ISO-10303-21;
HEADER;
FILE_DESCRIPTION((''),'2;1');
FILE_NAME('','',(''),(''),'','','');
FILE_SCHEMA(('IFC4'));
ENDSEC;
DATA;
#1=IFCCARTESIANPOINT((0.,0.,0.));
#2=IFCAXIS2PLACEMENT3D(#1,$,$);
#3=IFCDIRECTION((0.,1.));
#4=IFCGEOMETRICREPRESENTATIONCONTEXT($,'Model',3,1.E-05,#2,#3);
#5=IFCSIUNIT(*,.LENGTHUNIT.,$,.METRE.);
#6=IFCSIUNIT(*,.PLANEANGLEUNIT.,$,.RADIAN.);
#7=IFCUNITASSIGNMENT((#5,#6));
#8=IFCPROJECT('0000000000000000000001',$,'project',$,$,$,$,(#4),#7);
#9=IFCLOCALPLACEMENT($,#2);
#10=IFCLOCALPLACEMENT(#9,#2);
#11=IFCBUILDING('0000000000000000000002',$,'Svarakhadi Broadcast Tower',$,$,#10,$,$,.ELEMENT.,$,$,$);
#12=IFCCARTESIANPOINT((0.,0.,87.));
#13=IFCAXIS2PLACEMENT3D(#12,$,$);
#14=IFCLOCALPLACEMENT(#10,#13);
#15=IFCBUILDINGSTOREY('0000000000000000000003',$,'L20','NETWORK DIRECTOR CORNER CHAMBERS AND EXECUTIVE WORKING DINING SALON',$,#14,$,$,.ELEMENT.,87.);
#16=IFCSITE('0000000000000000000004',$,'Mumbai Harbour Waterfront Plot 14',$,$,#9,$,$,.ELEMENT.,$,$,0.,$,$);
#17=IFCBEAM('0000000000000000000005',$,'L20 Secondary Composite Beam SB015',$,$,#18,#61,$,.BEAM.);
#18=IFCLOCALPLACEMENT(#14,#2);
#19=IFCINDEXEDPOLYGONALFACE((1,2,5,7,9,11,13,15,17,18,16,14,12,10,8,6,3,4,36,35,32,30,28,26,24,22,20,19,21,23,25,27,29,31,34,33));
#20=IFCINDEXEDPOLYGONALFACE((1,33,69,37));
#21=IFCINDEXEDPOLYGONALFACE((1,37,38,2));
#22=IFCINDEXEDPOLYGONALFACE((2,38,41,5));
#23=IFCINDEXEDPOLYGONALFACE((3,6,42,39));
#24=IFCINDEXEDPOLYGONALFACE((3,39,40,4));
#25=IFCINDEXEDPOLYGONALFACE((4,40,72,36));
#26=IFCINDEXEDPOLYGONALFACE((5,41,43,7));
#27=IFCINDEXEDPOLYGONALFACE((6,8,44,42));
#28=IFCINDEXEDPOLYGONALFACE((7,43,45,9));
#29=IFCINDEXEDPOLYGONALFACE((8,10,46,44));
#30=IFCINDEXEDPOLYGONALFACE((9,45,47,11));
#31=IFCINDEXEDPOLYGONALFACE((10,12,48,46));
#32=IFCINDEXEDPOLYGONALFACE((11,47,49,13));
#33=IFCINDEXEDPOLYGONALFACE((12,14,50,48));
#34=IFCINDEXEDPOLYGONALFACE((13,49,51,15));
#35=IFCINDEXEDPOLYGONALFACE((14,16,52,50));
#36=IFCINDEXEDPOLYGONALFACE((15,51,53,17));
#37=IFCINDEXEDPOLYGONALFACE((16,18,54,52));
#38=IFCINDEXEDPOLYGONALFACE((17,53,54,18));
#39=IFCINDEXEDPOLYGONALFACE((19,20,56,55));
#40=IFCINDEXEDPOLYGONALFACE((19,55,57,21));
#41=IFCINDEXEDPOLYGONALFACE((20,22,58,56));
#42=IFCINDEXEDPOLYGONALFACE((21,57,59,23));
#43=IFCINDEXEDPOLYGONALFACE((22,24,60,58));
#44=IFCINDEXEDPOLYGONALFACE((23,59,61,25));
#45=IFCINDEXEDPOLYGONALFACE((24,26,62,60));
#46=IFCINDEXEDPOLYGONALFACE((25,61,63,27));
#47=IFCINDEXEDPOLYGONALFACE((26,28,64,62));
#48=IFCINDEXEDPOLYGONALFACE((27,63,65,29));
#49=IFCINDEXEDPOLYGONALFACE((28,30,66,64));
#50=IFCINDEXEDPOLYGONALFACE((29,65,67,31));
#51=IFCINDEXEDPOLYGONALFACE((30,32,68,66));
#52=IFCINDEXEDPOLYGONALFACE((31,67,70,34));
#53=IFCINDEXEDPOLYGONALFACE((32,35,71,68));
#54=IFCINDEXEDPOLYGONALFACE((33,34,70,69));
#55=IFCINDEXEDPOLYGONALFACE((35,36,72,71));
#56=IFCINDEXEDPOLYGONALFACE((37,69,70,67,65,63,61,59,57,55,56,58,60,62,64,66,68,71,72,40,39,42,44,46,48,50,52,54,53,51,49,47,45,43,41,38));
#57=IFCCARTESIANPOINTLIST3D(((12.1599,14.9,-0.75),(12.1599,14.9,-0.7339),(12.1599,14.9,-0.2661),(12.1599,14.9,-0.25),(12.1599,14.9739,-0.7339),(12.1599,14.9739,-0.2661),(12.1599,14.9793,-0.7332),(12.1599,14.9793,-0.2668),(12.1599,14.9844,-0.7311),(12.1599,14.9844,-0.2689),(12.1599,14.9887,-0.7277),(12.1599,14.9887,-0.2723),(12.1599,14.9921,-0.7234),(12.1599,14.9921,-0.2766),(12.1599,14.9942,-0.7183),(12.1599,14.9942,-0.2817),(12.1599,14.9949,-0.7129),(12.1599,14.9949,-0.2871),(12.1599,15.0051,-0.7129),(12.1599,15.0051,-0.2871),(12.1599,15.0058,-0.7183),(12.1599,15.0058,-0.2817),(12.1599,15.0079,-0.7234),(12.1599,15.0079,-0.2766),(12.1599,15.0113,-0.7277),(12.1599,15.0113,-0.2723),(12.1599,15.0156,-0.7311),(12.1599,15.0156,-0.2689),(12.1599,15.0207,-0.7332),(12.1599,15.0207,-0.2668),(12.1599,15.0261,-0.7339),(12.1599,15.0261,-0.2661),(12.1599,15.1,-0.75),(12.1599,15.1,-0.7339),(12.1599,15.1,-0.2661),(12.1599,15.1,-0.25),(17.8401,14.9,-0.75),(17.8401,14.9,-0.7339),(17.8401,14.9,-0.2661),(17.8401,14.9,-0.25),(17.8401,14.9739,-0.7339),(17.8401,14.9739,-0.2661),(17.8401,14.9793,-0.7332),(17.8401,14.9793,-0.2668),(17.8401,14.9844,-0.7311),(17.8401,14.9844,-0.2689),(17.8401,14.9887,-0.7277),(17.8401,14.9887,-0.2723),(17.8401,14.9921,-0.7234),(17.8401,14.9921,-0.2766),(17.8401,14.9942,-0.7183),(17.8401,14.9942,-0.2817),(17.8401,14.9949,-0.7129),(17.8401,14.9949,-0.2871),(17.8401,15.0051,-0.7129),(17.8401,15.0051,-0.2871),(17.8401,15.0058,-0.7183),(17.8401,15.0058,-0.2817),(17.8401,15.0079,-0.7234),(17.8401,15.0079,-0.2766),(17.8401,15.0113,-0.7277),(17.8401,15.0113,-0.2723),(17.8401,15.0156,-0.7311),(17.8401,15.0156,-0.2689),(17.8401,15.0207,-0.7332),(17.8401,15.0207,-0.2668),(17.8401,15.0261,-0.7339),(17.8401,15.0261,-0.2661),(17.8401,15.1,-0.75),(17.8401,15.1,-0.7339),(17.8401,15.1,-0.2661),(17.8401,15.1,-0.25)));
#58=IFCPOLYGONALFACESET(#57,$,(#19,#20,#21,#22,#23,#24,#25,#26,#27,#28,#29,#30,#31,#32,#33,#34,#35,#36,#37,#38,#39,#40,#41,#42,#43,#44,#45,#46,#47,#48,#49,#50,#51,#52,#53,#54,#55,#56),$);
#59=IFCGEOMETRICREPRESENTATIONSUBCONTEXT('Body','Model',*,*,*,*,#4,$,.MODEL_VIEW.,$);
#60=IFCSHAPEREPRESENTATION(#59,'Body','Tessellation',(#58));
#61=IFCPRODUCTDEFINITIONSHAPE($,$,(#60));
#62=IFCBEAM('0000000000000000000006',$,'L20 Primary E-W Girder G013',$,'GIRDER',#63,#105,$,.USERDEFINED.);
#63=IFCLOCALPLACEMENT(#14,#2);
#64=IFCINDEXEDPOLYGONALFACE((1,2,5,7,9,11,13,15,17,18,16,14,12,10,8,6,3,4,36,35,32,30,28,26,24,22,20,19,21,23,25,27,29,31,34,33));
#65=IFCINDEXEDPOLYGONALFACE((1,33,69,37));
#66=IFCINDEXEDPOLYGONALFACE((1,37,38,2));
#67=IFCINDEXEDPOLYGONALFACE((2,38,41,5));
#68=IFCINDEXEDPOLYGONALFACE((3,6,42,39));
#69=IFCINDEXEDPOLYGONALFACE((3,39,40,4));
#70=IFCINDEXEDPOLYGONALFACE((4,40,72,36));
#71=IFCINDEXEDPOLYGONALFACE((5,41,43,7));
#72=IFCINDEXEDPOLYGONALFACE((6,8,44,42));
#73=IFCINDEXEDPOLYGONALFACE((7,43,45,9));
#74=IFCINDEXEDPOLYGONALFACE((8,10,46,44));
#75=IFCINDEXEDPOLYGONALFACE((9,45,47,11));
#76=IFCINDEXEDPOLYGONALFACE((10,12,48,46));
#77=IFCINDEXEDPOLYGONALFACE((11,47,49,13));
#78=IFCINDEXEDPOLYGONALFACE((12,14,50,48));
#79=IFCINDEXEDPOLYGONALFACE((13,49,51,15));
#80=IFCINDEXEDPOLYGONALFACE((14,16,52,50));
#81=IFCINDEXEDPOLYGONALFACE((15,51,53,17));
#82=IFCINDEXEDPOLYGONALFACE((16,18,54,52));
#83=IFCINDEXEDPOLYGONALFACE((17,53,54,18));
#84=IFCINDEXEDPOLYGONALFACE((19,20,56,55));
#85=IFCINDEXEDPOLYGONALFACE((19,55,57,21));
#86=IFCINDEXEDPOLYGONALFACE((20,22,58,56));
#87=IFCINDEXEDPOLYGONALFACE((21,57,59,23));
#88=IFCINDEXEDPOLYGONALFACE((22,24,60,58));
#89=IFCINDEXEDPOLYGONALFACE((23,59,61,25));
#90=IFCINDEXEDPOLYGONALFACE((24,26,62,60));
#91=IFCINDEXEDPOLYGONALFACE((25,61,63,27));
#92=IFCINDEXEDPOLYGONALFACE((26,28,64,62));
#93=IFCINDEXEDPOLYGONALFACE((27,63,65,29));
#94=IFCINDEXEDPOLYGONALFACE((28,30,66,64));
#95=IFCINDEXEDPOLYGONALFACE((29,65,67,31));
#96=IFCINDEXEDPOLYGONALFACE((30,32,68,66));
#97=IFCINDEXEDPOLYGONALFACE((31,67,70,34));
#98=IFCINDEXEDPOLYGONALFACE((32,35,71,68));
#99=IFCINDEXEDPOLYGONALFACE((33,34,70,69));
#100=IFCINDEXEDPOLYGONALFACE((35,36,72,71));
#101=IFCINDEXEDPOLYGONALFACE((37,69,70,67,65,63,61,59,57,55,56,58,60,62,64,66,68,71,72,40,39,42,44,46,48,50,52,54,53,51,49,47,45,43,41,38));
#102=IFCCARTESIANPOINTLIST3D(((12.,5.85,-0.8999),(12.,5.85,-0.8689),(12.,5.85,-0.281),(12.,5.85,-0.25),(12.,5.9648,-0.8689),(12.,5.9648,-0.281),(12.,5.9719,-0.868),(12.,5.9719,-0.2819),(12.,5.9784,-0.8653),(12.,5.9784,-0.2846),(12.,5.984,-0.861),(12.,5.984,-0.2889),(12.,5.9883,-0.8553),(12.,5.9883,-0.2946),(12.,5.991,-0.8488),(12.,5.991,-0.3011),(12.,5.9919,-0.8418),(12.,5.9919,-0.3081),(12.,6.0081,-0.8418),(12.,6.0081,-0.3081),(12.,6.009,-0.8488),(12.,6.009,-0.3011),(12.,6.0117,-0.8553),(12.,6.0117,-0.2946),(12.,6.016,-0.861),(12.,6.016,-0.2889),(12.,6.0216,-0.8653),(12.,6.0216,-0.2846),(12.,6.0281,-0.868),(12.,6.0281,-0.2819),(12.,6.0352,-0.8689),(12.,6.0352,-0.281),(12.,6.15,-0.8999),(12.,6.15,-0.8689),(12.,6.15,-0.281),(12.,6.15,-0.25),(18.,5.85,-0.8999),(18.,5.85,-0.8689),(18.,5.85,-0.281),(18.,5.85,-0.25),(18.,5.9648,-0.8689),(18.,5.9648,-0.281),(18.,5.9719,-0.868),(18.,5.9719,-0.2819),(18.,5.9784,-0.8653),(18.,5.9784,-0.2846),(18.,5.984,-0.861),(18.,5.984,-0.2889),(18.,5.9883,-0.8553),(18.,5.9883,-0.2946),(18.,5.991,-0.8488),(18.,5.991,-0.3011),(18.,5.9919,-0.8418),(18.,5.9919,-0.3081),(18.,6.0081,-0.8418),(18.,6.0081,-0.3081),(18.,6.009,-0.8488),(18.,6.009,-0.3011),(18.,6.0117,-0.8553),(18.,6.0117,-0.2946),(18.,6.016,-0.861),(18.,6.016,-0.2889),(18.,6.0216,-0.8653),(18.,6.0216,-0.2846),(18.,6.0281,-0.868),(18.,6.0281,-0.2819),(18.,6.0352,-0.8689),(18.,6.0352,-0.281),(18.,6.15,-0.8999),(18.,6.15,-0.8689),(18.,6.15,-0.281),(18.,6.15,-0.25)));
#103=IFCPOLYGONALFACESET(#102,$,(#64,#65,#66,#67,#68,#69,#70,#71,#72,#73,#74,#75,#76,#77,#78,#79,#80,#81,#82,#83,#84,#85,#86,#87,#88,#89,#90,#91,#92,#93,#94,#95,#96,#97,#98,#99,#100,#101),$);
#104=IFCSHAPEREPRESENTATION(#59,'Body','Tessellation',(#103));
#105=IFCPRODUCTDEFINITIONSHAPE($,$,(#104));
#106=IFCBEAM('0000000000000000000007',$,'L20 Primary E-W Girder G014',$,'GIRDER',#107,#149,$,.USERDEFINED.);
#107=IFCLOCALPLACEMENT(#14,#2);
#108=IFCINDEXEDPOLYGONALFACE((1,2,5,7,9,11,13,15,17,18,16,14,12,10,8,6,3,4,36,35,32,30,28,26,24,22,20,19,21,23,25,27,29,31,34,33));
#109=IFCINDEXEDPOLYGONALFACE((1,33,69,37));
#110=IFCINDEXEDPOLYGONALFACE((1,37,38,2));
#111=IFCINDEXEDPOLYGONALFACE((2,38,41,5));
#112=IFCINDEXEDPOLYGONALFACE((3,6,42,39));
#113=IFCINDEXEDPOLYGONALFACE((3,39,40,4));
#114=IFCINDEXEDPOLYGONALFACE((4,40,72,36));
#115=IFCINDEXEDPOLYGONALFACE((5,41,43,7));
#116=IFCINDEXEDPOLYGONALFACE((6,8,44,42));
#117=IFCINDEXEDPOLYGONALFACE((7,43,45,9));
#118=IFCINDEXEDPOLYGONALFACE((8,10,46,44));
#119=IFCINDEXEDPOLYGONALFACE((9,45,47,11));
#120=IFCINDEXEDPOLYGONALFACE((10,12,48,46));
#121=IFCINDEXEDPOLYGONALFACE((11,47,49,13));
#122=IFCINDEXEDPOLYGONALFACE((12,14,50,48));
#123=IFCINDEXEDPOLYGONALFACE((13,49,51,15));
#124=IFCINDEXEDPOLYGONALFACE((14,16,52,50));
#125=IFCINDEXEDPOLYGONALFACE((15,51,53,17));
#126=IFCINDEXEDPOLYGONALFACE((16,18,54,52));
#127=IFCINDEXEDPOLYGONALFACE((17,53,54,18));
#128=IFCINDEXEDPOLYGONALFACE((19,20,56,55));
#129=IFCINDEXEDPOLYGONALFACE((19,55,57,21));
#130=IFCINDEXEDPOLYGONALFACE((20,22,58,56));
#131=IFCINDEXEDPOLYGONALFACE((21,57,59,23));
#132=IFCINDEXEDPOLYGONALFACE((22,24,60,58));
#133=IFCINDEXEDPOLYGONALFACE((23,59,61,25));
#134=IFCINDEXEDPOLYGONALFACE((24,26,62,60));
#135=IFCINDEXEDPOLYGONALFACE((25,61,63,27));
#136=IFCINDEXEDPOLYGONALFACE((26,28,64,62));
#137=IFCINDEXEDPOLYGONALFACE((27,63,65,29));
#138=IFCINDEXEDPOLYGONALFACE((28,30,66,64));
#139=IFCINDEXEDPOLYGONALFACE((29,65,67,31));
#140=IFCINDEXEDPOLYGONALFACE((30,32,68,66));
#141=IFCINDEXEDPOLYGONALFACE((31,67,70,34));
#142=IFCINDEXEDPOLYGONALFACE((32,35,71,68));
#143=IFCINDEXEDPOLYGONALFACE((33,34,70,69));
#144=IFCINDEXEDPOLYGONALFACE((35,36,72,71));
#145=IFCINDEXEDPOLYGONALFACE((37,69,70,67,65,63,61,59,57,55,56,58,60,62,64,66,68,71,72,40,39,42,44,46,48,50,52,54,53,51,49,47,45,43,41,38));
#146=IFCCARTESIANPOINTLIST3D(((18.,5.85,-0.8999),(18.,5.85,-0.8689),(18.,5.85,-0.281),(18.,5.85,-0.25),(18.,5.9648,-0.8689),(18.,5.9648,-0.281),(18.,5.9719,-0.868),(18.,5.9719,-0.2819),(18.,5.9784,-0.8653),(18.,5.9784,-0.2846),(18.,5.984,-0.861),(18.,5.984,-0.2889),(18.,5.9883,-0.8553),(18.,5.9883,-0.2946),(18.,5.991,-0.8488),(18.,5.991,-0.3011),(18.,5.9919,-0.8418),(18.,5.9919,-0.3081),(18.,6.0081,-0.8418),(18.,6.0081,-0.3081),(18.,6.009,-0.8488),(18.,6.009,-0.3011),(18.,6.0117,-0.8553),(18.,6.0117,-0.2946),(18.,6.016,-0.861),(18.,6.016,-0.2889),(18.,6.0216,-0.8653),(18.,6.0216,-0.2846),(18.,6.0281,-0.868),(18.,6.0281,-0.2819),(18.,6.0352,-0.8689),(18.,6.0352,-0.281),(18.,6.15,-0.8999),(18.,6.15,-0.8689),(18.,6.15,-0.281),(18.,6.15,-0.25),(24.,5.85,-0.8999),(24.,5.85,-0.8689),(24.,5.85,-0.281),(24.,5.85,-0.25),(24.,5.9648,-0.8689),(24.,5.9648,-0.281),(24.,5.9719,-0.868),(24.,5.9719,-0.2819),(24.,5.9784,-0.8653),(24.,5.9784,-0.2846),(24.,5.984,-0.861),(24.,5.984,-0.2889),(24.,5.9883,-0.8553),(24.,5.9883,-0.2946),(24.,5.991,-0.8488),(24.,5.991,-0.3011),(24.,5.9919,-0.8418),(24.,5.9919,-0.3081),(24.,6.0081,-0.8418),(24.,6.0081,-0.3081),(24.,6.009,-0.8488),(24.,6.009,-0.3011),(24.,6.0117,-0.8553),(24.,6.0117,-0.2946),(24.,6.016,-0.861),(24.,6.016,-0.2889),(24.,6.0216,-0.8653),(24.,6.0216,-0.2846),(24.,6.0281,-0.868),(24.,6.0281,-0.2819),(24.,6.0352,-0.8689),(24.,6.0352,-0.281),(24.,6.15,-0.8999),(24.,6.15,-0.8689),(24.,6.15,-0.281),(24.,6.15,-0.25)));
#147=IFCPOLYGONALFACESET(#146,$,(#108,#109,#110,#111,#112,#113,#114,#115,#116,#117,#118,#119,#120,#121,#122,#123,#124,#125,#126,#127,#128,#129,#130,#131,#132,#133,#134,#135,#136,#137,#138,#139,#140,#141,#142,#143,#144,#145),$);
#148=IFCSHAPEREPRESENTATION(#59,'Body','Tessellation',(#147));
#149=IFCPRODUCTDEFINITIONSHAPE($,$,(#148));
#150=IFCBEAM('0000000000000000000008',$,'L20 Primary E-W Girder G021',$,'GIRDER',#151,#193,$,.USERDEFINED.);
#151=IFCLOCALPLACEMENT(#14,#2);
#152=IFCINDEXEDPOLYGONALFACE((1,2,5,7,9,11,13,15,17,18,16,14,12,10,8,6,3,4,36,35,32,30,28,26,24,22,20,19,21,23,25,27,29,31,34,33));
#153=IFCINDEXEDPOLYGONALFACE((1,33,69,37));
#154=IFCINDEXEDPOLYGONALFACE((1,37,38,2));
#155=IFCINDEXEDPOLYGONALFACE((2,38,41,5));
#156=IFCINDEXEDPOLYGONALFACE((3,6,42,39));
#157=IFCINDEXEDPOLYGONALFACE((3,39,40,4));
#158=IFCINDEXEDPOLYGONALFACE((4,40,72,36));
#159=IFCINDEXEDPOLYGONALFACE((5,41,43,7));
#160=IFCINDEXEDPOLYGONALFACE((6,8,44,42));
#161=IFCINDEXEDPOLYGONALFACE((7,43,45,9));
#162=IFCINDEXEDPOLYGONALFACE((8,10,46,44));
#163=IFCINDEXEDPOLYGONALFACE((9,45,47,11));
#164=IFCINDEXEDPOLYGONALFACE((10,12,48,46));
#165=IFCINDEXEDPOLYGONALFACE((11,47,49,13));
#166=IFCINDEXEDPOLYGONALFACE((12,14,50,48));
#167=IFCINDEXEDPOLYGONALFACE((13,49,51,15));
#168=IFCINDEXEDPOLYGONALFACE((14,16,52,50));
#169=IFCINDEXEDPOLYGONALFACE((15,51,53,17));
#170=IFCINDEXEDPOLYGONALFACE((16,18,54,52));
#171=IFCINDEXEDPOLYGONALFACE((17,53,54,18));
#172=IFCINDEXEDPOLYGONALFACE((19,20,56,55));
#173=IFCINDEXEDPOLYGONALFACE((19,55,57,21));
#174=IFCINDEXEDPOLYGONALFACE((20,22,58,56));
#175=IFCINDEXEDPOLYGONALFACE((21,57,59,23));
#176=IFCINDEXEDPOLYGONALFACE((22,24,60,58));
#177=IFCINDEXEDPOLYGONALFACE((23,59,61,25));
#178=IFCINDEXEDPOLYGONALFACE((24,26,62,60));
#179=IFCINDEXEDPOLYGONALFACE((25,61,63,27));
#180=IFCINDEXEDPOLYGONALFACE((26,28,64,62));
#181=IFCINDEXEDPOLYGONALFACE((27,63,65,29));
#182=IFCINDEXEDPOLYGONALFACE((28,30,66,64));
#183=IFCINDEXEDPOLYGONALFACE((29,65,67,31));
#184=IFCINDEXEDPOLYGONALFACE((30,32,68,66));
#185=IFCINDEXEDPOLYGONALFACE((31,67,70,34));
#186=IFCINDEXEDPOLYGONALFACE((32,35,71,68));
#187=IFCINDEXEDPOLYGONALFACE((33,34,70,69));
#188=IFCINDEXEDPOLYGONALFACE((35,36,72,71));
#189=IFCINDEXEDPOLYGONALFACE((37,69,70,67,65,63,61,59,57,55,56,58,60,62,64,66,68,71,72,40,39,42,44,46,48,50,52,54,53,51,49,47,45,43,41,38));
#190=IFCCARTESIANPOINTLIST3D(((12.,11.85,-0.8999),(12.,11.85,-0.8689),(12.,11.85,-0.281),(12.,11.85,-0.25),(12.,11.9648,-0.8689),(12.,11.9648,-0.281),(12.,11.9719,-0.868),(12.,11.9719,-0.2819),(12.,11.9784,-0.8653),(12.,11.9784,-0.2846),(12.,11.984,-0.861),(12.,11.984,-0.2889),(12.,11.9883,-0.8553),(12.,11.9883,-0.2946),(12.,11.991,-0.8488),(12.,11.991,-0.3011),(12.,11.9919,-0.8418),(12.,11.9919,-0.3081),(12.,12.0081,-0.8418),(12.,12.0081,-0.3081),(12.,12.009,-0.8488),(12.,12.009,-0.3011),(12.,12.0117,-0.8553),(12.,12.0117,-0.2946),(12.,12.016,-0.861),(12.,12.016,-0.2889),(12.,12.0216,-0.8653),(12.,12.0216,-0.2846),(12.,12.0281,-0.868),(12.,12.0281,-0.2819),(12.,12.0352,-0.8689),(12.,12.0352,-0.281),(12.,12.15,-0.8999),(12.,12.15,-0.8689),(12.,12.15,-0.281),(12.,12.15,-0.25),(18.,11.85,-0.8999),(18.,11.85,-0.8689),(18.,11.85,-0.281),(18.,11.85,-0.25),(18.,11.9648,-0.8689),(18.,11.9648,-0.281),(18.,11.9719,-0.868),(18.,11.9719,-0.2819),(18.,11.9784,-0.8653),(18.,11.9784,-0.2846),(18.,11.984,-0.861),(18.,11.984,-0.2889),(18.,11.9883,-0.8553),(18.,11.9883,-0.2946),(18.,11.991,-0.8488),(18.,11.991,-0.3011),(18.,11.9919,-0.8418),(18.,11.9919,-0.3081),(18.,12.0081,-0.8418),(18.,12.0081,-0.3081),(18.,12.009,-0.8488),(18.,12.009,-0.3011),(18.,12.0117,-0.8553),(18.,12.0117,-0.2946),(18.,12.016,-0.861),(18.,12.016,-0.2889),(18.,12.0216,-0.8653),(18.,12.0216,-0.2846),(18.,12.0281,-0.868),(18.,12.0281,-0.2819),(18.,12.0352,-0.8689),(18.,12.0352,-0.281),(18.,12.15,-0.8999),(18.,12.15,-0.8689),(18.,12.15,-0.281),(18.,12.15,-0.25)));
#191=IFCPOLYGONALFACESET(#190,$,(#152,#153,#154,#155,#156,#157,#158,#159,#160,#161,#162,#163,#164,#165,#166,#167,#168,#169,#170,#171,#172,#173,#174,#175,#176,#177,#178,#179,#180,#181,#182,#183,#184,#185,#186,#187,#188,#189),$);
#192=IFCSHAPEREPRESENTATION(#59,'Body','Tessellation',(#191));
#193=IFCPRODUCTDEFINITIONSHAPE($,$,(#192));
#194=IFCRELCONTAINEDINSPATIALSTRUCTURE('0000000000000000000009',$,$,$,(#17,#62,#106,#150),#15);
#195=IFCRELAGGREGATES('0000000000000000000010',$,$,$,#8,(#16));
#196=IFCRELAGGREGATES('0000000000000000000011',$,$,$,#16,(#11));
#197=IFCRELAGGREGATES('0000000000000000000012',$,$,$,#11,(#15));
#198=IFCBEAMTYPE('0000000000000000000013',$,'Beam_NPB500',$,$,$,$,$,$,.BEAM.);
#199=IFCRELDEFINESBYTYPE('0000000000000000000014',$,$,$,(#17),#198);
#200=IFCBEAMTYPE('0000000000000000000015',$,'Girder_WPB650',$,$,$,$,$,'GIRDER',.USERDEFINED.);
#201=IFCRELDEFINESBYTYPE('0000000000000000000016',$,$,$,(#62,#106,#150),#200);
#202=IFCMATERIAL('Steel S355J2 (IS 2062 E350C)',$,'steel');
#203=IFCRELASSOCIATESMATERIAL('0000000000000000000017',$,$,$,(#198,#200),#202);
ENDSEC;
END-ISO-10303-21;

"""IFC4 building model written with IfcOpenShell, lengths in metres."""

from ifc_helpers import new_model, si_unit, direction, frame, origin, origin_2d, place, context, subcontext, project, spatial, i_section, extrude, material, material_profile, profile_set, type_object, element, save


model = new_model("IFC4")

# Units and contexts
model_context = context("Model", 3, precision=1e-05, world=origin(), true_north=direction((0.0, 1.0)))
body_context = subcontext(model_context, "Body", "Model", "MODEL_VIEW")
ifc_project = project(units=[si_unit("LENGTHUNIT", "METRE"), si_unit("PLANEANGLEUNIT", "RADIAN")], contexts=[model_context])

# Site, building, storey
site_placement = place(None, origin())
site = spatial("IfcSite", under=ifc_project, at=site_placement, Name="Mumbai Harbour Waterfront Plot 14", CompositionType="ELEMENT", RefElevation=0.0)
building_placement = place(site_placement, origin())
building = spatial("IfcBuilding", under=site, at=building_placement, Name="Svarakhadi Broadcast Tower", CompositionType="ELEMENT")
storey_placement = place(building_placement, frame((0.0, 0.0, 87.0)))
storey = spatial("IfcBuildingStorey", under=building, at=storey_placement, Name="L20", Description="NETWORK DIRECTOR CORNER CHAMBERS AND EXECUTIVE WORKING DINING SALON", CompositionType="ELEMENT", Elevation=87.0)

# Beams
ifc_material_1 = material(Name="Steel S355J2 (IS 2062 E350C)", Category="steel")
ifc_material_profile_1 = material_profile(ifc_material_1, i_section(OverallWidth=0.2, OverallDepth=0.5, WebThickness=0.0103, FlangeThickness=0.0161, FilletRadius=0.021, at=origin_2d()), Name="NPB 500x200x91")
ifc_profile_set_1 = profile_set([ifc_material_profile_1], Name="Steel S355J2 (IS 2062 E350C)")
beam_type_1 = type_object("IfcBeamType", Name="Beam_NPB500", PredefinedType="BEAM", material=ifc_profile_set_1)
for number, where, z_axis, x_axis, name in (
    (1, (12.1599, 15.0, -0.5), (1.0, 0.0, 0.0), (0.0, 1.0, 0.0), "L20 Secondary Composite Beam SB015"),
):
    element("IfcBeam", number, at=place(storey_placement, frame(where, z_axis=z_axis, x_axis=x_axis)), inside=storey, type_object=beam_type_1, Name=name, PredefinedType="BEAM", context=body_context, shape_type="SweptSolid", body=[
        extrude(i_section(OverallWidth=0.2, OverallDepth=0.5, WebThickness=0.0103, FlangeThickness=0.0161, FilletRadius=0.021, at=origin_2d()), origin(), (0.0, 0.0, 1.0), 5.6802),
    ])
ifc_material_profile_2 = material_profile(ifc_material_1, i_section(OverallWidth=0.3, OverallDepth=0.6499, WebThickness=0.0161, FlangeThickness=0.031, FilletRadius=0.0271, at=origin_2d()), Name="WPB 650x300x225")
ifc_profile_set_2 = profile_set([ifc_material_profile_2], Name="Steel S355J2 (IS 2062 E350C)")
beam_type_2 = type_object("IfcBeamType", Name="Girder_WPB650", ElementType="GIRDER", PredefinedType="USERDEFINED", material=ifc_profile_set_2)
for number, where, z_axis, x_axis, name in (
    (2, (12.0, 6.0, -0.575), (1.0, 0.0, 0.0), (0.0, 1.0, 0.0), "L20 Primary E-W Girder G013"),
    (3, (18.0, 6.0, -0.575), (1.0, 0.0, 0.0), (0.0, 1.0, 0.0), "L20 Primary E-W Girder G014"),
    (4, (12.0, 12.0, -0.575), (1.0, 0.0, 0.0), (0.0, 1.0, 0.0), "L20 Primary E-W Girder G021"),
):
    element("IfcBeam", number, at=place(storey_placement, frame(where, z_axis=z_axis, x_axis=x_axis)), inside=storey, type_object=beam_type_2, Name=name, ObjectType="GIRDER", PredefinedType="USERDEFINED", context=body_context, shape_type="SweptSolid", body=[
        extrude(i_section(OverallWidth=0.3, OverallDepth=0.6499, WebThickness=0.0161, FlangeThickness=0.031, FilletRadius=0.0271, at=origin_2d()), origin(), (0.0, 0.0, 1.0), 6.0),
    ])

save(model, "model.ifc")
